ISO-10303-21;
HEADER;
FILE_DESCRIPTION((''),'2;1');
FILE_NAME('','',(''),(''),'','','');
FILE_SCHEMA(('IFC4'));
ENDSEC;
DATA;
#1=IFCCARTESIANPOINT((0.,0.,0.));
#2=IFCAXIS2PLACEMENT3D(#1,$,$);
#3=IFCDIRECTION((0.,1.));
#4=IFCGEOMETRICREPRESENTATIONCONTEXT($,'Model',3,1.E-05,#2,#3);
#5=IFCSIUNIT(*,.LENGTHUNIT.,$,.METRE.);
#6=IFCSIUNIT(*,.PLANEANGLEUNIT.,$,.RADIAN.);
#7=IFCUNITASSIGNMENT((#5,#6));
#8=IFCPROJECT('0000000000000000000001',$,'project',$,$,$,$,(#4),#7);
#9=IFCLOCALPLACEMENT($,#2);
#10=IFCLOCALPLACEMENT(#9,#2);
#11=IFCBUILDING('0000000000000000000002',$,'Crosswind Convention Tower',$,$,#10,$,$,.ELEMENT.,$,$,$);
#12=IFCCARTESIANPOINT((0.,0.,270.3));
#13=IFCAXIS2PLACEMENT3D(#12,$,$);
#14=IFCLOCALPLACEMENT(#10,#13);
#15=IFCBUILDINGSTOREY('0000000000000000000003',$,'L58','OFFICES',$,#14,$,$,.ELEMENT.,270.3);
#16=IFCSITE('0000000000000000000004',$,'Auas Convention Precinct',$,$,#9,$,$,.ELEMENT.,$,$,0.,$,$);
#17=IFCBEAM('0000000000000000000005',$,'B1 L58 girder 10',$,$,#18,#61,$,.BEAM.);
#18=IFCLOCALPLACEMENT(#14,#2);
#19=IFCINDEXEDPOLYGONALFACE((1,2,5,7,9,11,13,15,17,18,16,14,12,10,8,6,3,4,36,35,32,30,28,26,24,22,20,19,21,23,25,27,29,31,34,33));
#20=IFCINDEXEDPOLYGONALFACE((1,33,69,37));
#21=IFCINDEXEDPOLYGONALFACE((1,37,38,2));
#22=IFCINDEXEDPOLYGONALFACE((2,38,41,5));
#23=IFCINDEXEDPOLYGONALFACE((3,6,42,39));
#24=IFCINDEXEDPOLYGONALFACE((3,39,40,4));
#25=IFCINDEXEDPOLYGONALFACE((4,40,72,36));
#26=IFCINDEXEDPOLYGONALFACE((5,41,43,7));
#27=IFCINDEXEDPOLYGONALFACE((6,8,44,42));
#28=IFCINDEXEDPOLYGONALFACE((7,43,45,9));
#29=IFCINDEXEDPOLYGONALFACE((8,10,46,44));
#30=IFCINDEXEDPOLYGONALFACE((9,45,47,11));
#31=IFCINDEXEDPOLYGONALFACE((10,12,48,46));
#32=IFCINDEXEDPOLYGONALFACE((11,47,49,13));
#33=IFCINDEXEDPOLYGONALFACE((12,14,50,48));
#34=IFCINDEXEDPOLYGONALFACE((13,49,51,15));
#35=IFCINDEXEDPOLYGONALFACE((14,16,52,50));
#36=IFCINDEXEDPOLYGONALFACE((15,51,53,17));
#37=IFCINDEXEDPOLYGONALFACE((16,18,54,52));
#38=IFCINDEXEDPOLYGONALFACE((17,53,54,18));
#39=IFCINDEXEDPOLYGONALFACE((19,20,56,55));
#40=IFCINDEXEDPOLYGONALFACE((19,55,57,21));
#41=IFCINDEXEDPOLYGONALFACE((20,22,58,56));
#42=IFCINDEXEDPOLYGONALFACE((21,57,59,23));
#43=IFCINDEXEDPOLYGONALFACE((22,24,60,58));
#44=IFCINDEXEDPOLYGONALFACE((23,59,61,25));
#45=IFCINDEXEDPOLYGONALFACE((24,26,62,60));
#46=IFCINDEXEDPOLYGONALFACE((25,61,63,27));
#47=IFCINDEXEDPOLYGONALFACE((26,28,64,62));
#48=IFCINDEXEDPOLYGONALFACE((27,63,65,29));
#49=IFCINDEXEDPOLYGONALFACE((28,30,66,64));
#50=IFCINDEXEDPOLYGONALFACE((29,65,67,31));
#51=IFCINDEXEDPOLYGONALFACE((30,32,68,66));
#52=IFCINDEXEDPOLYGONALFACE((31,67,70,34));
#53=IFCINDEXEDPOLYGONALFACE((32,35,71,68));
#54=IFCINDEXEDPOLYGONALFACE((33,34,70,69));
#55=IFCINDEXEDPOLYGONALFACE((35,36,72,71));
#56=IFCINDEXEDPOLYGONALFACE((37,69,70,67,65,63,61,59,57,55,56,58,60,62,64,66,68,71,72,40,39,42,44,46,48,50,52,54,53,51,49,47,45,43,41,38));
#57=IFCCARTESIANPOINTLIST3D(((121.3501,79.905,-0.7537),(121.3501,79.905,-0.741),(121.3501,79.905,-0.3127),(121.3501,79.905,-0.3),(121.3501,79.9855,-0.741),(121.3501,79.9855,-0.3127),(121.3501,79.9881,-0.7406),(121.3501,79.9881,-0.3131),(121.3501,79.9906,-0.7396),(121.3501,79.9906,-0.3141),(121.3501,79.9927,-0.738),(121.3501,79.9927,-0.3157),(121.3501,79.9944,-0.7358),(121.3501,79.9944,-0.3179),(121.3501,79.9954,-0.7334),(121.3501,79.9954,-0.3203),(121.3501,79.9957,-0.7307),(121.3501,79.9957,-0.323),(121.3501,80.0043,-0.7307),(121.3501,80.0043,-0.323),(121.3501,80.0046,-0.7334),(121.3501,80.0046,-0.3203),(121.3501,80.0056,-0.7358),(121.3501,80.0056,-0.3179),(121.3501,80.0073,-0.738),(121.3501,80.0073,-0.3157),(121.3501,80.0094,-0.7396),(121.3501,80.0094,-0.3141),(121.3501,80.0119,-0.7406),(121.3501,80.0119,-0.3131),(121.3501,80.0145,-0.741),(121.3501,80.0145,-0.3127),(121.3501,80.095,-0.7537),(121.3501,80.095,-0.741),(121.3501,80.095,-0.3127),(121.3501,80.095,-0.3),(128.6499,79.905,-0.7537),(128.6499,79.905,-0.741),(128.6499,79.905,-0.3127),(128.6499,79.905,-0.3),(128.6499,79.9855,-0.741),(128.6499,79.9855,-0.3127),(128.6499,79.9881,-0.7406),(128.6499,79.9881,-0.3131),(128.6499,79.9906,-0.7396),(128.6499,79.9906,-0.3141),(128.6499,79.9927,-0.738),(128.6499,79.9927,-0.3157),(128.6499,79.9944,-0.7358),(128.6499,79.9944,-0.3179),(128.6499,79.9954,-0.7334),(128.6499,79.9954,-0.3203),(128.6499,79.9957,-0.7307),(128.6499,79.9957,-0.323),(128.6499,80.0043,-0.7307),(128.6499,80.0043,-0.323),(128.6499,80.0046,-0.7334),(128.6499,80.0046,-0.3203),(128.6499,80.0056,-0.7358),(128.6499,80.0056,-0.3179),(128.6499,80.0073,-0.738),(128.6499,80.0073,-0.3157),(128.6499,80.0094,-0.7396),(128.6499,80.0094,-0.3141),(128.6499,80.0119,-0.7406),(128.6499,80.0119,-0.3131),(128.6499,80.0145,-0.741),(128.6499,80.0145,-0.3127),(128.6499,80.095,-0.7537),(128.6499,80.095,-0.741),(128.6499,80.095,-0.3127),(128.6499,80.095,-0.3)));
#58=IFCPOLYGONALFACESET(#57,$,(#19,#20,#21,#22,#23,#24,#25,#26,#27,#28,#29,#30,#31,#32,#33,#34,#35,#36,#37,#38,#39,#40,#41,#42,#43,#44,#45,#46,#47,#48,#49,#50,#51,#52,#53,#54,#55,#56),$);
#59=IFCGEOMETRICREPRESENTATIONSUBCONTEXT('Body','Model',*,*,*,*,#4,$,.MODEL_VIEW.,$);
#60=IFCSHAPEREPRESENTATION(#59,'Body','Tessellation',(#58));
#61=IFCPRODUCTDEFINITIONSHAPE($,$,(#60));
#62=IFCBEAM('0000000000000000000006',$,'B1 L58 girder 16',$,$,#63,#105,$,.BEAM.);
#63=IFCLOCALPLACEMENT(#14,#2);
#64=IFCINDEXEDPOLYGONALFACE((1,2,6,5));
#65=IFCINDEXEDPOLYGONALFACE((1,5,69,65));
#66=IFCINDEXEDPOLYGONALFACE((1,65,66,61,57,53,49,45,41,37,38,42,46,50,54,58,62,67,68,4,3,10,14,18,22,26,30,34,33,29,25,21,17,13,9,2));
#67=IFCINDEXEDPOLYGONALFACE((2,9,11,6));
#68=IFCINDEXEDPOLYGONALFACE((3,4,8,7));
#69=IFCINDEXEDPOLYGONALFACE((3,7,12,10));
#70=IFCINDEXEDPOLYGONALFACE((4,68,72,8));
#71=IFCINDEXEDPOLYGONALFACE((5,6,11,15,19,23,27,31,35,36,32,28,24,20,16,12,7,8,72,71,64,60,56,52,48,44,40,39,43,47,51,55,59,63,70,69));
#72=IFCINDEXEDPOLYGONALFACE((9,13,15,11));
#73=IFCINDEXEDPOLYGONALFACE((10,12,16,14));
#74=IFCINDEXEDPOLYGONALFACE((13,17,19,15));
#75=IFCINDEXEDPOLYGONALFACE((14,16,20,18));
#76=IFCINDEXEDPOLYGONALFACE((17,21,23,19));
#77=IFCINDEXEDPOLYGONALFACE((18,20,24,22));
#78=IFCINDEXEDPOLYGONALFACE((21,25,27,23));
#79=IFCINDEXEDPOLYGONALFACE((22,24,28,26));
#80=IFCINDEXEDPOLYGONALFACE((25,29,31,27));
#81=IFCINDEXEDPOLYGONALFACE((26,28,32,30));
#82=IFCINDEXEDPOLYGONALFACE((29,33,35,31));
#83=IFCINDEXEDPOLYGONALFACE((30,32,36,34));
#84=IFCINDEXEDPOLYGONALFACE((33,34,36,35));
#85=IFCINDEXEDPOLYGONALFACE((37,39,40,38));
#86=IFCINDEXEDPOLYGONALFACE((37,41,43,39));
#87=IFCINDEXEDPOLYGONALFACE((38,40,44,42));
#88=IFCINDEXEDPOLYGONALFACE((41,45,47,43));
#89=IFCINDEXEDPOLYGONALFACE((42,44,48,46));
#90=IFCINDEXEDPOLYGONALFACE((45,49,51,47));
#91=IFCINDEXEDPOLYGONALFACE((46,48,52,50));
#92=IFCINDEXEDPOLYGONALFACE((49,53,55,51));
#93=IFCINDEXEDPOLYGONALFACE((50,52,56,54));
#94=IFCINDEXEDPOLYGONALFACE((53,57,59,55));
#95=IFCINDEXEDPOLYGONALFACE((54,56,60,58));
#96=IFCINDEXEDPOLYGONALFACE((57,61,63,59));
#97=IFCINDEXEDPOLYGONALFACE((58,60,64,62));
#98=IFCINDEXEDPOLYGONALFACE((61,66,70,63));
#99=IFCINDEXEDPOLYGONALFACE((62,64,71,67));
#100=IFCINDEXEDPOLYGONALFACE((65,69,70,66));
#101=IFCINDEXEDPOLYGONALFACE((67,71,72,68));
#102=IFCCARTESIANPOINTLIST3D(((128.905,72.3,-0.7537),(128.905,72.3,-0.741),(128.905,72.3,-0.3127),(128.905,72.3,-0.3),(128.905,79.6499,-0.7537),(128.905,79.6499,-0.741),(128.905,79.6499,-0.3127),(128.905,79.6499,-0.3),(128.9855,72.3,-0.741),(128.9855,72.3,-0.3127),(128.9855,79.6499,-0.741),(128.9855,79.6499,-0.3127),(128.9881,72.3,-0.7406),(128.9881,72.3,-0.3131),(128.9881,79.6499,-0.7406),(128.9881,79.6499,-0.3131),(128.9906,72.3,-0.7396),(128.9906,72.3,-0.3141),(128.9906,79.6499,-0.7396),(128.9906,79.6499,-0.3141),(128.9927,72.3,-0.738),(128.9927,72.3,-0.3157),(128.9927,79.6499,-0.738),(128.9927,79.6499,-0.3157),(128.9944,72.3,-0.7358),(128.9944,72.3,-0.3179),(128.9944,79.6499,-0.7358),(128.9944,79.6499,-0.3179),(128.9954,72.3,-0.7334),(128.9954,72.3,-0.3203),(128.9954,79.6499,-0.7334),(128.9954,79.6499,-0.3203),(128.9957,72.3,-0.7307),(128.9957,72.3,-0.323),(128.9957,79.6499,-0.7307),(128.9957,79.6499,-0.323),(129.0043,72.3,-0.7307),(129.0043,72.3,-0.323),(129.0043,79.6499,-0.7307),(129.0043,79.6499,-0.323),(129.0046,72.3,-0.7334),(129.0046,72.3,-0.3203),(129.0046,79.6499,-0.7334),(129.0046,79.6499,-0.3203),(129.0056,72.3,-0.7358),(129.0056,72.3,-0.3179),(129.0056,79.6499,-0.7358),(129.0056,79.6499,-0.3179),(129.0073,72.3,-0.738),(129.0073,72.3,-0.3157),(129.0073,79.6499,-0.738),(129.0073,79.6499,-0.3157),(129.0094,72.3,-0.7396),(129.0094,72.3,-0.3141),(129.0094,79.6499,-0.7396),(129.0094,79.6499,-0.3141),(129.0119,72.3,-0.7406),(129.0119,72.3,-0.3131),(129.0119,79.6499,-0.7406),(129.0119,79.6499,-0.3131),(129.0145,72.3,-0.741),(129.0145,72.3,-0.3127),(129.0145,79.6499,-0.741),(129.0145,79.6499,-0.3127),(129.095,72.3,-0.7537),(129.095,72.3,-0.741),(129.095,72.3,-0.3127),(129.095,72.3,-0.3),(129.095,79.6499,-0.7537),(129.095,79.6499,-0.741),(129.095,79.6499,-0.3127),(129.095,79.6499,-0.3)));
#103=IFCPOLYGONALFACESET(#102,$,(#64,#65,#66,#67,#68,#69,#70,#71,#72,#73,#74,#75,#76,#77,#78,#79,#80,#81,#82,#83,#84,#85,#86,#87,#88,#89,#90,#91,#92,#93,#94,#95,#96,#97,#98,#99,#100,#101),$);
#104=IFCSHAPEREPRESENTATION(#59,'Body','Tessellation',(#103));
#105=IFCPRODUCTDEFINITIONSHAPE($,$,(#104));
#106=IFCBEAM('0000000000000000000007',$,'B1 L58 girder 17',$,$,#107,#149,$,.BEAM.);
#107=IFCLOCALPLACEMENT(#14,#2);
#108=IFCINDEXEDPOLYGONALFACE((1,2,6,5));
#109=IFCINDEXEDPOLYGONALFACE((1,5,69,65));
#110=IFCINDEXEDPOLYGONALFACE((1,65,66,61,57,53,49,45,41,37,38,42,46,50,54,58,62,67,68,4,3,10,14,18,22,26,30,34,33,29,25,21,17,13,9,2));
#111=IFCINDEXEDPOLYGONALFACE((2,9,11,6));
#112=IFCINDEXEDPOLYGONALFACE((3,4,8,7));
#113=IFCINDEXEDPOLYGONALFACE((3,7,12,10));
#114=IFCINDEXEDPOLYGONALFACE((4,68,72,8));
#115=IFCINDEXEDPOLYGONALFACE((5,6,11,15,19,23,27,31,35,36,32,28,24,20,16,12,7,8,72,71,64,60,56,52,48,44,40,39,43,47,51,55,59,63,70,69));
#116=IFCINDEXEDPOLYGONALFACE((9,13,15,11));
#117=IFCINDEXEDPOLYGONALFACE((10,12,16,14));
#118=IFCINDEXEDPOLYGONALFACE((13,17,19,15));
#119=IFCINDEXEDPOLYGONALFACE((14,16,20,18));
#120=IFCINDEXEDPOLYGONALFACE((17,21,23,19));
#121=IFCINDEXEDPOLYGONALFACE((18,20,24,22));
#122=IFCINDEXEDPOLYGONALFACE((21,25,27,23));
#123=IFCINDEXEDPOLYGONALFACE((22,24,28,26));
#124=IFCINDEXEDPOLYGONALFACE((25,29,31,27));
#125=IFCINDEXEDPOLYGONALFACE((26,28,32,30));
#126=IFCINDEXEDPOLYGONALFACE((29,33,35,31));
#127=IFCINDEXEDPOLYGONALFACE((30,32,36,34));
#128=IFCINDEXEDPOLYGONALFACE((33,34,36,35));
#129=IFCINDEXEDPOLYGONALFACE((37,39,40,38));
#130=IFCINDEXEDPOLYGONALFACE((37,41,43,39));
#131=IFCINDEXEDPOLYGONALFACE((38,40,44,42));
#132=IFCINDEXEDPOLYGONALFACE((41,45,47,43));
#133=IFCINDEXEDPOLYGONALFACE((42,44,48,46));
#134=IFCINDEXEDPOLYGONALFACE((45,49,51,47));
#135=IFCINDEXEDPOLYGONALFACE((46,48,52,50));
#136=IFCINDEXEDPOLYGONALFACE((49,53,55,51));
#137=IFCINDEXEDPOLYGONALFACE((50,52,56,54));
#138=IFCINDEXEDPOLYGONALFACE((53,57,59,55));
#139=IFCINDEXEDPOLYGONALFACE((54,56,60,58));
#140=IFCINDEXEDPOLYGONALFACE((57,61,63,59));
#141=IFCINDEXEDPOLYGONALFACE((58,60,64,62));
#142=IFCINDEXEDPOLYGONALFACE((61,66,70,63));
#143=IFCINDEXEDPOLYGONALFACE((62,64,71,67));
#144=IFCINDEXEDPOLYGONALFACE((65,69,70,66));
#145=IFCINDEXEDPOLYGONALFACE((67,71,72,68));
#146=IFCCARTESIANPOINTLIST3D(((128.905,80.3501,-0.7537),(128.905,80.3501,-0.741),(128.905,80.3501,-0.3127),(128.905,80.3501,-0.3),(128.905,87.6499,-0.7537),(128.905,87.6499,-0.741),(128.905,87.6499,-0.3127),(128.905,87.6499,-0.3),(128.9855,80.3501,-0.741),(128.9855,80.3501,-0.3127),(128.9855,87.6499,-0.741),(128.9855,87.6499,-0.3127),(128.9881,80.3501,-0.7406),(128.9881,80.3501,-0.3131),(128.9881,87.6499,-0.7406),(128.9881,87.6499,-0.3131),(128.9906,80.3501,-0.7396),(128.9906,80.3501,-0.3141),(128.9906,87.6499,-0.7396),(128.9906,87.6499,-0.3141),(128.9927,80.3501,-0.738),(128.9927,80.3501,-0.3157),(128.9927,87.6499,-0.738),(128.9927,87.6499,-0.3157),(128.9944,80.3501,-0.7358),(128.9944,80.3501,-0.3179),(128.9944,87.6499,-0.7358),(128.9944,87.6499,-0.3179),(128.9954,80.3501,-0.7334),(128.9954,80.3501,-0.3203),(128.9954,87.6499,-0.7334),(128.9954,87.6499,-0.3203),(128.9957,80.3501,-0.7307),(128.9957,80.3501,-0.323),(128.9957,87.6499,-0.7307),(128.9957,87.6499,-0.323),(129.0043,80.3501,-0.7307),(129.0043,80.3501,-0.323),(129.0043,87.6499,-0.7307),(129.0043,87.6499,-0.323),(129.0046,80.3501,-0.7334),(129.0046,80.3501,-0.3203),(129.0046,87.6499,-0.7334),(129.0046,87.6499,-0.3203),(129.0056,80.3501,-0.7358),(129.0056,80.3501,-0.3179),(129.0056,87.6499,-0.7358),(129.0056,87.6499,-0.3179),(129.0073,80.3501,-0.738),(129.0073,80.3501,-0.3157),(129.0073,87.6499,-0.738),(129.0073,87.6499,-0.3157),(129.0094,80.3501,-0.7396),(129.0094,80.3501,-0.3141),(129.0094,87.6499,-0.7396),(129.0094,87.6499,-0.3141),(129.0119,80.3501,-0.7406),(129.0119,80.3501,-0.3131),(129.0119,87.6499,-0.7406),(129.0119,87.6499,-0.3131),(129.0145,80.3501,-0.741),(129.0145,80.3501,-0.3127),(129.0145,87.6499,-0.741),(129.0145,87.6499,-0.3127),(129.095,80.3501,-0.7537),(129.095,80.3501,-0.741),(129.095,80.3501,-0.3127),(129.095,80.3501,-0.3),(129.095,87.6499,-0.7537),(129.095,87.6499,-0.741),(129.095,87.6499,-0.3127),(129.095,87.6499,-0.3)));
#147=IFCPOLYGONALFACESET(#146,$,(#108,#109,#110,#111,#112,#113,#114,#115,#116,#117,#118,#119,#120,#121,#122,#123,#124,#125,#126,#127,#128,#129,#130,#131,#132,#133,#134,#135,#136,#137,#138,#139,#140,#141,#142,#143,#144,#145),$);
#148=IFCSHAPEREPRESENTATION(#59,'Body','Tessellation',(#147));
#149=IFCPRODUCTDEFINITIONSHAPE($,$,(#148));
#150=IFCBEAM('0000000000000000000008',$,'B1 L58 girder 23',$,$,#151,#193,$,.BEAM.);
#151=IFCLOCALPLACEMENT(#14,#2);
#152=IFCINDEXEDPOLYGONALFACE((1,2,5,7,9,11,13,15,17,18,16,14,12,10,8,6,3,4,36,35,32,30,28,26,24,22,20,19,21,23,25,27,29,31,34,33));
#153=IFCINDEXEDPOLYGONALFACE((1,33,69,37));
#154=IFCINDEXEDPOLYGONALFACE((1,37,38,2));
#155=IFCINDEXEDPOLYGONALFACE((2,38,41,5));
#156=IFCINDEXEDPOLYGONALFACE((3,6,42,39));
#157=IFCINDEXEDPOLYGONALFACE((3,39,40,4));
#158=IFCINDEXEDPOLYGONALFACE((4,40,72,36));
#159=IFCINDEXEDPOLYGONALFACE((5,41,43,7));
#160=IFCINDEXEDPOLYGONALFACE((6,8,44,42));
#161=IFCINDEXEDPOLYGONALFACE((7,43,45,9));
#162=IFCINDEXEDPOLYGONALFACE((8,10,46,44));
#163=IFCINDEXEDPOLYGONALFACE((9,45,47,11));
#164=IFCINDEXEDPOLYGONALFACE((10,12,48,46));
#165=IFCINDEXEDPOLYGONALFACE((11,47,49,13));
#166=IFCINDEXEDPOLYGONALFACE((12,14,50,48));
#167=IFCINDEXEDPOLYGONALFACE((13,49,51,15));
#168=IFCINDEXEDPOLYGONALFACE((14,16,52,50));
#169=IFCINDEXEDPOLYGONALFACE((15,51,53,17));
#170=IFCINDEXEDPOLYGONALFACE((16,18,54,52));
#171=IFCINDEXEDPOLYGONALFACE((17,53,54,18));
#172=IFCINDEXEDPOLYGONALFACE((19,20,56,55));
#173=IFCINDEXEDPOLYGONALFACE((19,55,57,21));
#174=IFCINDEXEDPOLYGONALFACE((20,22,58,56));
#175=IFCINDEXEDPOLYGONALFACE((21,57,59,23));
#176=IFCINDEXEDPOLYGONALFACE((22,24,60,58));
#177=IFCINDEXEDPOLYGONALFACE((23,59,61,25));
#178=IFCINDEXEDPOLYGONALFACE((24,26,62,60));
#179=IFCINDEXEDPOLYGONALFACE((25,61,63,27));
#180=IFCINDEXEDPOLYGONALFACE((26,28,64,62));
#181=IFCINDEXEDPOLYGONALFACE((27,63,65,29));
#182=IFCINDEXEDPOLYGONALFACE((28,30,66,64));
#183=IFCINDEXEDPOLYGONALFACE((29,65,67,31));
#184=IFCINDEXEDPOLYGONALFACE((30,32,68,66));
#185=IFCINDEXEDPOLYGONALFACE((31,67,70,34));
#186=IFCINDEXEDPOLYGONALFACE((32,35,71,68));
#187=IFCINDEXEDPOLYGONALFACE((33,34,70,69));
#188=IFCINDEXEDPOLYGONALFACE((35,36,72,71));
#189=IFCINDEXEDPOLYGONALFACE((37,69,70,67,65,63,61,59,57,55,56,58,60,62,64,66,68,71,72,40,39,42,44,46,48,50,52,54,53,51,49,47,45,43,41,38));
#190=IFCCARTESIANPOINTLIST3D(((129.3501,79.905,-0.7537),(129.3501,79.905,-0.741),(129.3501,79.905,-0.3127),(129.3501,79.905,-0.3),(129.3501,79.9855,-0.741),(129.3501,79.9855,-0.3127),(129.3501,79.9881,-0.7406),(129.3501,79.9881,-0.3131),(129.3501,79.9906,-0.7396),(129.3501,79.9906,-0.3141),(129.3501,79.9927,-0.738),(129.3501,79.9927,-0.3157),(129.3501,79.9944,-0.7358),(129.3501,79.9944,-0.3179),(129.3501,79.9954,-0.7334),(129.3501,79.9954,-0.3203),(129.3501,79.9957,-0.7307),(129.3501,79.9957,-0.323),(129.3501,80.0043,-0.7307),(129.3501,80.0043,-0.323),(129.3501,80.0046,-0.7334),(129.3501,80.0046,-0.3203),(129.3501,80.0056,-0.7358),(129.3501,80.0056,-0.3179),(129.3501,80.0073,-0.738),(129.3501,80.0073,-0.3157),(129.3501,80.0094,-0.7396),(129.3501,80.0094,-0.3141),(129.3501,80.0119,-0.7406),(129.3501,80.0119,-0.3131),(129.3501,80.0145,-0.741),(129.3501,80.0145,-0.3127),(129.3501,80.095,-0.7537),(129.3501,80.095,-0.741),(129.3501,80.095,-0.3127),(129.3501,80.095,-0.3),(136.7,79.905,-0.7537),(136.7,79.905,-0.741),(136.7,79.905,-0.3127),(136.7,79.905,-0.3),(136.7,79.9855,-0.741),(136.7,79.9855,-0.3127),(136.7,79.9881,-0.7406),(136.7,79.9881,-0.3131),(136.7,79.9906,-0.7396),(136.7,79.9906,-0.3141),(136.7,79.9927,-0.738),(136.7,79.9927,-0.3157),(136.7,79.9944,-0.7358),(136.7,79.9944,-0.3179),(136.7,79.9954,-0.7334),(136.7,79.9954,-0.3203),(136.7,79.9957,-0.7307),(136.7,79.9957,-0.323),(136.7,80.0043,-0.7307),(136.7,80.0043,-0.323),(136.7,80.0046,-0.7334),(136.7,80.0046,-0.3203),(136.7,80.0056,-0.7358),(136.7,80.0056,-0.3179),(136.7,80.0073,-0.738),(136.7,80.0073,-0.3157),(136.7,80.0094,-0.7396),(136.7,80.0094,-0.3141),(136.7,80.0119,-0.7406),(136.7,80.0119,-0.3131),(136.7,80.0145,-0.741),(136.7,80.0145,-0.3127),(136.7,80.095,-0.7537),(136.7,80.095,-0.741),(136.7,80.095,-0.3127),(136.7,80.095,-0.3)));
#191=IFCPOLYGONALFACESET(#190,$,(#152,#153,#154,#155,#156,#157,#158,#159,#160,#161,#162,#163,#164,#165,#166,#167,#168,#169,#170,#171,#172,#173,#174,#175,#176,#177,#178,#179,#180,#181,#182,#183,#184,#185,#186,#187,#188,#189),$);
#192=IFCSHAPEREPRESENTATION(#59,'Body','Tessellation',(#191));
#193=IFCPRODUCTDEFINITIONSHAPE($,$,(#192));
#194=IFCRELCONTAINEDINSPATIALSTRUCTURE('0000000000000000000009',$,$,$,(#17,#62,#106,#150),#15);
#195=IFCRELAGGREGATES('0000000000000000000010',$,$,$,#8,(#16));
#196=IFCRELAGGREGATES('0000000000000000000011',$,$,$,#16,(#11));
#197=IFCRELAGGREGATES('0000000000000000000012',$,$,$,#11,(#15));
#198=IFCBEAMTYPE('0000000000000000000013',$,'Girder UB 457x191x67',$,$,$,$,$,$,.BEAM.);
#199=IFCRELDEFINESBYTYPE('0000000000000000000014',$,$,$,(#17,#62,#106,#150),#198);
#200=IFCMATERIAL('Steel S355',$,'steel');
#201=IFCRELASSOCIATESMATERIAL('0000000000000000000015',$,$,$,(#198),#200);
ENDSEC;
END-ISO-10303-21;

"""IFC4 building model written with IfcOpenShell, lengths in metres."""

from ifc_helpers import new_model, si_unit, direction, frame, origin, origin_2d, place, context, subcontext, project, spatial, i_section, extrude, material, material_profile, profile_set, type_object, element, save


model = new_model("IFC4")

# Units and contexts
model_context = context("Model", 3, precision=1e-05, world=origin(), true_north=direction((0.0, 1.0)))
body_context = subcontext(model_context, "Body", "Model", "MODEL_VIEW")
ifc_project = project(units=[si_unit("LENGTHUNIT", "METRE"), si_unit("PLANEANGLEUNIT", "RADIAN")], contexts=[model_context])

# Site, building, storey
site_placement = place(None, origin())
site = spatial("IfcSite", under=ifc_project, at=site_placement, Name="Auas Convention Precinct", CompositionType="ELEMENT", RefElevation=0.0)
building_placement = place(site_placement, origin())
building = spatial("IfcBuilding", under=site, at=building_placement, Name="Crosswind Convention Tower", CompositionType="ELEMENT")
storey_placement = place(building_placement, frame((0.0, 0.0, 270.3)))
storey = spatial("IfcBuildingStorey", under=building, at=storey_placement, Name="L58", Description="OFFICES", CompositionType="ELEMENT", Elevation=270.3)

# Beams
ifc_material_1 = material(Name="Steel S355", Category="steel")
ifc_material_profile_1 = material_profile(ifc_material_1, i_section(OverallWidth=0.1899, OverallDepth=0.4536, WebThickness=0.0085, FlangeThickness=0.0127, FilletRadius=0.0103, at=origin_2d()), Name="UB 457x191x67")
ifc_profile_set_1 = profile_set([ifc_material_profile_1], Name="Steel S355")
beam_type_1 = type_object("IfcBeamType", Name="Girder UB 457x191x67", PredefinedType="BEAM", material=ifc_profile_set_1)
beam_1_placement = place(storey_placement, frame((121.3501, 80.0, -0.5269), z_axis=(1.0, 0.0, 0.0), x_axis=(0.0, 1.0, 0.0)))
element("IfcBeam", 1, at=beam_1_placement, inside=storey, type_object=beam_type_1, Name="B1 L58 girder 10", PredefinedType="BEAM", context=body_context, shape_type="SweptSolid", body=[
    extrude(i_section(OverallWidth=0.1899, OverallDepth=0.4536, WebThickness=0.0085, FlangeThickness=0.0127, FilletRadius=0.0103, at=origin_2d()), origin(), (0.0, 0.0, 1.0), 7.2998),
])
beam_2_placement = place(storey_placement, frame((129.0, 72.3, -0.5269), z_axis=(0.0, 1.0, 0.0), x_axis=(-1.0, 0.0, 0.0)))
element("IfcBeam", 2, at=beam_2_placement, inside=storey, type_object=beam_type_1, Name="B1 L58 girder 16", PredefinedType="BEAM", context=body_context, shape_type="SweptSolid", body=[
    extrude(i_section(OverallWidth=0.1899, OverallDepth=0.4536, WebThickness=0.0085, FlangeThickness=0.0127, FilletRadius=0.0103, at=origin_2d()), origin(), (0.0, 0.0, 1.0), 7.3499),
])
beam_3_placement = place(storey_placement, frame((129.0, 80.3501, -0.5269), z_axis=(0.0, 1.0, 0.0), x_axis=(-1.0, 0.0, 0.0)))
element("IfcBeam", 3, at=beam_3_placement, inside=storey, type_object=beam_type_1, Name="B1 L58 girder 17", PredefinedType="BEAM", context=body_context, shape_type="SweptSolid", body=[
    extrude(i_section(OverallWidth=0.1899, OverallDepth=0.4536, WebThickness=0.0085, FlangeThickness=0.0127, FilletRadius=0.0103, at=origin_2d()), origin(), (0.0, 0.0, 1.0), 7.2998),
])
beam_4_placement = place(storey_placement, frame((129.3501, 80.0, -0.5269), z_axis=(1.0, 0.0, 0.0), x_axis=(0.0, 1.0, 0.0)))
element("IfcBeam", 4, at=beam_4_placement, inside=storey, type_object=beam_type_1, Name="B1 L58 girder 23", PredefinedType="BEAM", context=body_context, shape_type="SweptSolid", body=[
    extrude(i_section(OverallWidth=0.1899, OverallDepth=0.4536, WebThickness=0.0085, FlangeThickness=0.0127, FilletRadius=0.0103, at=origin_2d()), origin(), (0.0, 0.0, 1.0), 7.3499),
])

save(model, "model.ifc")
